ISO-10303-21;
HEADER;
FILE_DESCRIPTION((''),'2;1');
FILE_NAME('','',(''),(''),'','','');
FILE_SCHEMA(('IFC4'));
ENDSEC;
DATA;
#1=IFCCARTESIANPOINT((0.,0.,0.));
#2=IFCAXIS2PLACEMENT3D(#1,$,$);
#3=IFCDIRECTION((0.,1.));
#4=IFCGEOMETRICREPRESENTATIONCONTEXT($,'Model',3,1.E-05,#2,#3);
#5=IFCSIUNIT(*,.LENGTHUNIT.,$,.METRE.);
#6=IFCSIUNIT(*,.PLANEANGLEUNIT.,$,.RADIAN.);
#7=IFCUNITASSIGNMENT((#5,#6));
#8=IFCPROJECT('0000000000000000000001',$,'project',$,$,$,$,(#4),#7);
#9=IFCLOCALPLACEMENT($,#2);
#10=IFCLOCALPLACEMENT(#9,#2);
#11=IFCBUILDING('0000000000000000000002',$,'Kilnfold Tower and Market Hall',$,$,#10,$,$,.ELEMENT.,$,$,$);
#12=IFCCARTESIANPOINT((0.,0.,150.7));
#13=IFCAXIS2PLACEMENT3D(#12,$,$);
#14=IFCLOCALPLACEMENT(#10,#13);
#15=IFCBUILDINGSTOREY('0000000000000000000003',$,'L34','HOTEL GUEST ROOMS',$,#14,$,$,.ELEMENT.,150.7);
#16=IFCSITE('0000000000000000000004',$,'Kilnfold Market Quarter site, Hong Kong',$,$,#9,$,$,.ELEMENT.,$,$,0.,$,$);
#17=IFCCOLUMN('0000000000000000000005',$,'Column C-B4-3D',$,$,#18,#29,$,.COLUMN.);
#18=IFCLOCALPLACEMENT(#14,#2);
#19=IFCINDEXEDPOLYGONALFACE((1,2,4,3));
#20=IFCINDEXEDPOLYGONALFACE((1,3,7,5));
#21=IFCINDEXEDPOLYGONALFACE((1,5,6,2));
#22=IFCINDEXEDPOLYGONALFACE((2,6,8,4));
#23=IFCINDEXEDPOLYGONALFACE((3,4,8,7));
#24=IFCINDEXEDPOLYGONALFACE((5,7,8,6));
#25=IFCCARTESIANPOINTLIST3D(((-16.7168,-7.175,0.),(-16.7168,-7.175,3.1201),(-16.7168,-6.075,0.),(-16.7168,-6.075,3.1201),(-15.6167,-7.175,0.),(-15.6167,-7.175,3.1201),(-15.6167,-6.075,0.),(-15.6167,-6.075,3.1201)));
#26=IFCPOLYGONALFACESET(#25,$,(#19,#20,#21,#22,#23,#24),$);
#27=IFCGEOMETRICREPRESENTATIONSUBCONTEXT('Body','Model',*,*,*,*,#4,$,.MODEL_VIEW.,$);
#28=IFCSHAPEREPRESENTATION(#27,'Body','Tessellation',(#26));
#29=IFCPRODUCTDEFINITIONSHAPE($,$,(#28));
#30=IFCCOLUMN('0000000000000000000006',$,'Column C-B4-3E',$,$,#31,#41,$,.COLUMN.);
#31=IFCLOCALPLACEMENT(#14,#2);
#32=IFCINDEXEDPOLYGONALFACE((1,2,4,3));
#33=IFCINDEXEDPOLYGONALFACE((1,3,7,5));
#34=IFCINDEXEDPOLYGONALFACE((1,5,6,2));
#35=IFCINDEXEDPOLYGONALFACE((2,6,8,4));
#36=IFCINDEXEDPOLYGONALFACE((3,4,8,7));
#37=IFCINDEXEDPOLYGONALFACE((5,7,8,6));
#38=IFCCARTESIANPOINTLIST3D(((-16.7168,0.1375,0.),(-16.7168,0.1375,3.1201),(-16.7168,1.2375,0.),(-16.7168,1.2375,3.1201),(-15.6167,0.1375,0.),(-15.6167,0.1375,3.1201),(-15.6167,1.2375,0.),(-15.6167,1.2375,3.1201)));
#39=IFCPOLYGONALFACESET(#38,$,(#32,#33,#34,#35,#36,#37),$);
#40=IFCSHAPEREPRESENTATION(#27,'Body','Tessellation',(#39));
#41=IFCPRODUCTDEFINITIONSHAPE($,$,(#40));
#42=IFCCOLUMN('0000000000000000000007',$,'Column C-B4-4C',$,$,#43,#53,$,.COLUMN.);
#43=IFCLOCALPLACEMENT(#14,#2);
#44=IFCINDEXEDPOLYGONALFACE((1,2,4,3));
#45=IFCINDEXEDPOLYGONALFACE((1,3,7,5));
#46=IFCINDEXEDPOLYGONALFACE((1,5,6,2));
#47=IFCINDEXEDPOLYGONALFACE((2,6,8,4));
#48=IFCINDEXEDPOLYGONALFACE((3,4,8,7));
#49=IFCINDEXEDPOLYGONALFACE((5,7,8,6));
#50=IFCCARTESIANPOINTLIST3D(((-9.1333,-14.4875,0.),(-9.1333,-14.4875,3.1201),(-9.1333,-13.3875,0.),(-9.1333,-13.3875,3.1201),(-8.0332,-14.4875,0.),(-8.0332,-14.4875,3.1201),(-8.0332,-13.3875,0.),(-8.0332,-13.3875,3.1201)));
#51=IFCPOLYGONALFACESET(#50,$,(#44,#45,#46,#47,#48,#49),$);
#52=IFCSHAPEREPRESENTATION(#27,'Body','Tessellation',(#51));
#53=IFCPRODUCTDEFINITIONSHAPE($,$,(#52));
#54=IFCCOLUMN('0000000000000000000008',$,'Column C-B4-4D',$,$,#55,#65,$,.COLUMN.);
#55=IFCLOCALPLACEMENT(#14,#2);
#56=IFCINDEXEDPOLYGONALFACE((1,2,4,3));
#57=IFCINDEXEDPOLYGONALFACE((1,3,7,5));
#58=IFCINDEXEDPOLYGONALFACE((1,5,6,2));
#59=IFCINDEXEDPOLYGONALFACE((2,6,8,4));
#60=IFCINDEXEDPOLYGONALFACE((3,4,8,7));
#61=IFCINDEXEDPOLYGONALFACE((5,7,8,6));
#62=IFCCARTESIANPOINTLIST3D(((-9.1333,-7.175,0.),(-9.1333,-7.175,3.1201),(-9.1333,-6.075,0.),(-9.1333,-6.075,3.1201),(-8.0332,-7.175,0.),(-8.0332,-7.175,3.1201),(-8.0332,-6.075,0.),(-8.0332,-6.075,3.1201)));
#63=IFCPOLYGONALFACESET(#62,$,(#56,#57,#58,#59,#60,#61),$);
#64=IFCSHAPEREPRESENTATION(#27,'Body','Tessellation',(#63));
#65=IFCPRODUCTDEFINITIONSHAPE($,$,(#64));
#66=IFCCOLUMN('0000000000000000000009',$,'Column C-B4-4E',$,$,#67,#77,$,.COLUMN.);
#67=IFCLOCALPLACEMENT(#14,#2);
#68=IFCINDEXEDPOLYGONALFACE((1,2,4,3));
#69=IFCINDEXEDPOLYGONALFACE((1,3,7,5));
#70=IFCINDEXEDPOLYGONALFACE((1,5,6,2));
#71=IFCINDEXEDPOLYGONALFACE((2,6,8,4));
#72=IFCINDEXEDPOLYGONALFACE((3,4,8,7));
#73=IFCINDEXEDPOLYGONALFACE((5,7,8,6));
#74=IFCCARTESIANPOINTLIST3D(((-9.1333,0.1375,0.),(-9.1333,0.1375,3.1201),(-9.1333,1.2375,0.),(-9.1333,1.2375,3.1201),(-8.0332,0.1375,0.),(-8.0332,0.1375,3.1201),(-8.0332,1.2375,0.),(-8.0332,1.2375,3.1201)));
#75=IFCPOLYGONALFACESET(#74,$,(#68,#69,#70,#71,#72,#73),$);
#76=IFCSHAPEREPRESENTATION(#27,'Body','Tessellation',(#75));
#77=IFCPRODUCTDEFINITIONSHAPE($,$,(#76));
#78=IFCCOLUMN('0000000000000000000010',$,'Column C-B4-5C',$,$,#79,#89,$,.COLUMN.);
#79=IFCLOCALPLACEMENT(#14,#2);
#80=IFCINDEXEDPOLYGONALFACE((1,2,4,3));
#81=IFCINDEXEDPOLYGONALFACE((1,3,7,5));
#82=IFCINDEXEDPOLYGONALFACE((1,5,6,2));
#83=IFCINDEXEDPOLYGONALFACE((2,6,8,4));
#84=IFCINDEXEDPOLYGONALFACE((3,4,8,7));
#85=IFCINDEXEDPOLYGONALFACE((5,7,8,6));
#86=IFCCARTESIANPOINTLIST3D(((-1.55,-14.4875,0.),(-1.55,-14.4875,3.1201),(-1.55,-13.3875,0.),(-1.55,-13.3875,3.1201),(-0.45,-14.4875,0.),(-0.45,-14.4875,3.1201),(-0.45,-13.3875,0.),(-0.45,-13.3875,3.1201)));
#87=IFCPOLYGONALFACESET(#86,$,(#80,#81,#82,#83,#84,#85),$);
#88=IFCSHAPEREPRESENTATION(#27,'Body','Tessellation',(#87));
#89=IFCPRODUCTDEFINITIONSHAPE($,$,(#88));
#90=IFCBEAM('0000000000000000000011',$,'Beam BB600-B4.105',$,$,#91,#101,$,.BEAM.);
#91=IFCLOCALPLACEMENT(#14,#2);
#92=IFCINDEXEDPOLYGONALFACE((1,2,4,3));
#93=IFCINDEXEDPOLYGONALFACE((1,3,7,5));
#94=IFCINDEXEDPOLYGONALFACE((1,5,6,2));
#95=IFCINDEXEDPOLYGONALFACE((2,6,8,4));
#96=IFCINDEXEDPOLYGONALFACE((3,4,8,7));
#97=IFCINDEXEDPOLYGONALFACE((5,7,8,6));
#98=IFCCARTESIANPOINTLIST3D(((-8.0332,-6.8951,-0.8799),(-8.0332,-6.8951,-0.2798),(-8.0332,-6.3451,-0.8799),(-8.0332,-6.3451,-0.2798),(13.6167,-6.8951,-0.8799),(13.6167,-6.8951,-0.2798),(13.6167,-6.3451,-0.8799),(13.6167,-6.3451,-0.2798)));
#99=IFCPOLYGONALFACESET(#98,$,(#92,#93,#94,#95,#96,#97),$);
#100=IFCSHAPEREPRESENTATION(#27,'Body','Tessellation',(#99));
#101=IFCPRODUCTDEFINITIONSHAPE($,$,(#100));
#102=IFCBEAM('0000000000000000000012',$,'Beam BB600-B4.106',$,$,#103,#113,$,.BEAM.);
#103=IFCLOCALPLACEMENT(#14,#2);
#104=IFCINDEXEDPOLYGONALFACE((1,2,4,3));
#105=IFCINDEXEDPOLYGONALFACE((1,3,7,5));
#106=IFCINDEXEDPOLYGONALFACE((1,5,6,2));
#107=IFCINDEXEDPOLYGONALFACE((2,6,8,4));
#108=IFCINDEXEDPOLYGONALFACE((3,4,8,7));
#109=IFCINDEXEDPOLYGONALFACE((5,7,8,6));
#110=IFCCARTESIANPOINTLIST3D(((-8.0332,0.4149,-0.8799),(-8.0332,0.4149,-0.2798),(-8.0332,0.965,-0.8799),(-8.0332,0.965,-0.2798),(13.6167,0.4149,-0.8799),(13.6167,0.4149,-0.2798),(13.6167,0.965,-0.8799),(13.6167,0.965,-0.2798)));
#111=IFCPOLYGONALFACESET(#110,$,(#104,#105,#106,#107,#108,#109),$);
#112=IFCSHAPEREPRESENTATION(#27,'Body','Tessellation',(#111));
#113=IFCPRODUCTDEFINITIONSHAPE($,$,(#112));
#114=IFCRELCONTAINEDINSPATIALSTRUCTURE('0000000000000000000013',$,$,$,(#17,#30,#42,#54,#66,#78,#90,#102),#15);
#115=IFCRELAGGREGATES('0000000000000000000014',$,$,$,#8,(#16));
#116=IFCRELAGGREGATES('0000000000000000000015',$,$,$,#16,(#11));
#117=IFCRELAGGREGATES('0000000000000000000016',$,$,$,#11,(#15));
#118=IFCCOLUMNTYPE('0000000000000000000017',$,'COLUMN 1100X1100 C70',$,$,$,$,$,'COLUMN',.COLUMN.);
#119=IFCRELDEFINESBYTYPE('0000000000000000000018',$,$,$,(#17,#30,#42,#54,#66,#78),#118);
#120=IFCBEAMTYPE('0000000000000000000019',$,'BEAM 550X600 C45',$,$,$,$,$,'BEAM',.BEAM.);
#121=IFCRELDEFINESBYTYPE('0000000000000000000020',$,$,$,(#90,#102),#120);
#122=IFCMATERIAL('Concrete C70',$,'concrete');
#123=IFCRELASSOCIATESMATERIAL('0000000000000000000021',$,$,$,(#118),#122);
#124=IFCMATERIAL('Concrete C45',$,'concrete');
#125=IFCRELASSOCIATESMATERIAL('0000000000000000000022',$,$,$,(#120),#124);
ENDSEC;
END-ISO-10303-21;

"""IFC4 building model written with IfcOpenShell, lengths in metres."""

from ifc_helpers import new_model, si_unit, direction, frame, origin, origin_2d, place, context, subcontext, project, spatial, rectangle, extrude, source, transform, mapped, material, material_profile, profile_set, type_object, element, save


model = new_model("IFC4")

# Units and contexts
model_context = context("Model", 3, precision=1e-05, world=origin(), true_north=direction((0.0, 1.0)))
body_context = subcontext(model_context, "Body", "Model", "MODEL_VIEW")
ifc_project = project(units=[si_unit("LENGTHUNIT", "METRE"), si_unit("PLANEANGLEUNIT", "RADIAN")], contexts=[model_context])

# Site, building, storey
site_placement = place(None, origin())
site = spatial("IfcSite", under=ifc_project, at=site_placement, Name="Kilnfold Market Quarter site, Hong Kong", CompositionType="ELEMENT", RefElevation=0.0)
building_placement = place(site_placement, origin())
building = spatial("IfcBuilding", under=site, at=building_placement, Name="Kilnfold Tower and Market Hall", CompositionType="ELEMENT")
storey_placement = place(building_placement, frame((0.0, 0.0, 150.7)))
storey = spatial("IfcBuildingStorey", under=building, at=storey_placement, Name="L34", Description="HOTEL GUEST ROOMS", CompositionType="ELEMENT", Elevation=150.7)

# Columns
ifc_material_1 = material(Name="Concrete C70", Category="concrete")
ifc_material_profile_1 = material_profile(ifc_material_1, rectangle(XDim=1.1001, YDim=1.1001, at=origin_2d()), Name="RC 1100x1100")
ifc_profile_set_1 = profile_set([ifc_material_profile_1], Name="Concrete C70")
column_type = type_object("IfcColumnType", Name="COLUMN 1100X1100 C70", ElementType="COLUMN", PredefinedType="COLUMN", material=ifc_profile_set_1)
shared_shape_1 = source(origin(), body_context, "Body", "SweptSolid", [
    extrude(rectangle(XDim=1.1001, YDim=1.1001, at=origin_2d()), origin(), (0.0, 0.0, 1.0), 3.1201),
])
for number, where, z_axis, x_axis, name in (
    (1, (-16.1667, -6.625, 0.0), (0.0, 0.0, 1.0), (1.0, 0.0, 0.0), "Column C-B4-3D"),
    (2, (-16.1667, 0.6875, 0.0), (0.0, 0.0, 1.0), (1.0, 0.0, 0.0), "Column C-B4-3E"),
    (3, (-8.5833, -13.9375, 0.0), (0.0, 0.0, 1.0), (1.0, 0.0, 0.0), "Column C-B4-4C"),
    (4, (-8.5833, -6.625, 0.0), (0.0, 0.0, 1.0), (1.0, 0.0, 0.0), "Column C-B4-4D"),
    (5, (-8.5833, 0.6875, 0.0), (0.0, 0.0, 1.0), (1.0, 0.0, 0.0), "Column C-B4-4E"),
    (6, (-1.0, -13.9375, 0.0), (0.0, 0.0, 1.0), (1.0, 0.0, 0.0), "Column C-B4-5C"),
):
    element("IfcColumn", number, at=place(storey_placement, frame(where, z_axis=z_axis, x_axis=x_axis)), inside=storey, type_object=column_type, Name=name, PredefinedType="COLUMN", context=body_context, shape_type="MappedRepresentation", body=[
        mapped(shared_shape_1, transform((0.0, 0.0, 0.0))),
    ])

# Beams
ifc_material_2 = material(Name="Concrete C45", Category="concrete")
ifc_material_profile_2 = material_profile(ifc_material_2, rectangle(XDim=0.55, YDim=0.6001, at=origin_2d()), Name="RC 550x600")
ifc_profile_set_2 = profile_set([ifc_material_profile_2], Name="Concrete C45")
beam_type = type_object("IfcBeamType", Name="BEAM 550X600 C45", ElementType="BEAM", PredefinedType="BEAM", material=ifc_profile_set_2)
shared_shape_2 = source(origin(), body_context, "Body", "SweptSolid", [
    extrude(rectangle(XDim=0.55, YDim=0.6001, at=origin_2d()), origin(), (0.0, 0.0, 1.0), 21.6499),
])
for number, where, z_axis, x_axis, name in (
    (7, (-8.0332, -6.6201, -0.5798), (1.0, 0.0, 0.0), (0.0, 1.0, 0.0), "Beam BB600-B4.105"),
    (8, (-8.0332, 0.6899, -0.5798), (1.0, 0.0, 0.0), (0.0, 1.0, 0.0), "Beam BB600-B4.106"),
):
    element("IfcBeam", number, at=place(storey_placement, frame(where, z_axis=z_axis, x_axis=x_axis)), inside=storey, type_object=beam_type, Name=name, PredefinedType="BEAM", context=body_context, shape_type="MappedRepresentation", body=[
        mapped(shared_shape_2, transform((0.0, 0.0, 0.0))),
    ])

save(model, "model.ifc")
